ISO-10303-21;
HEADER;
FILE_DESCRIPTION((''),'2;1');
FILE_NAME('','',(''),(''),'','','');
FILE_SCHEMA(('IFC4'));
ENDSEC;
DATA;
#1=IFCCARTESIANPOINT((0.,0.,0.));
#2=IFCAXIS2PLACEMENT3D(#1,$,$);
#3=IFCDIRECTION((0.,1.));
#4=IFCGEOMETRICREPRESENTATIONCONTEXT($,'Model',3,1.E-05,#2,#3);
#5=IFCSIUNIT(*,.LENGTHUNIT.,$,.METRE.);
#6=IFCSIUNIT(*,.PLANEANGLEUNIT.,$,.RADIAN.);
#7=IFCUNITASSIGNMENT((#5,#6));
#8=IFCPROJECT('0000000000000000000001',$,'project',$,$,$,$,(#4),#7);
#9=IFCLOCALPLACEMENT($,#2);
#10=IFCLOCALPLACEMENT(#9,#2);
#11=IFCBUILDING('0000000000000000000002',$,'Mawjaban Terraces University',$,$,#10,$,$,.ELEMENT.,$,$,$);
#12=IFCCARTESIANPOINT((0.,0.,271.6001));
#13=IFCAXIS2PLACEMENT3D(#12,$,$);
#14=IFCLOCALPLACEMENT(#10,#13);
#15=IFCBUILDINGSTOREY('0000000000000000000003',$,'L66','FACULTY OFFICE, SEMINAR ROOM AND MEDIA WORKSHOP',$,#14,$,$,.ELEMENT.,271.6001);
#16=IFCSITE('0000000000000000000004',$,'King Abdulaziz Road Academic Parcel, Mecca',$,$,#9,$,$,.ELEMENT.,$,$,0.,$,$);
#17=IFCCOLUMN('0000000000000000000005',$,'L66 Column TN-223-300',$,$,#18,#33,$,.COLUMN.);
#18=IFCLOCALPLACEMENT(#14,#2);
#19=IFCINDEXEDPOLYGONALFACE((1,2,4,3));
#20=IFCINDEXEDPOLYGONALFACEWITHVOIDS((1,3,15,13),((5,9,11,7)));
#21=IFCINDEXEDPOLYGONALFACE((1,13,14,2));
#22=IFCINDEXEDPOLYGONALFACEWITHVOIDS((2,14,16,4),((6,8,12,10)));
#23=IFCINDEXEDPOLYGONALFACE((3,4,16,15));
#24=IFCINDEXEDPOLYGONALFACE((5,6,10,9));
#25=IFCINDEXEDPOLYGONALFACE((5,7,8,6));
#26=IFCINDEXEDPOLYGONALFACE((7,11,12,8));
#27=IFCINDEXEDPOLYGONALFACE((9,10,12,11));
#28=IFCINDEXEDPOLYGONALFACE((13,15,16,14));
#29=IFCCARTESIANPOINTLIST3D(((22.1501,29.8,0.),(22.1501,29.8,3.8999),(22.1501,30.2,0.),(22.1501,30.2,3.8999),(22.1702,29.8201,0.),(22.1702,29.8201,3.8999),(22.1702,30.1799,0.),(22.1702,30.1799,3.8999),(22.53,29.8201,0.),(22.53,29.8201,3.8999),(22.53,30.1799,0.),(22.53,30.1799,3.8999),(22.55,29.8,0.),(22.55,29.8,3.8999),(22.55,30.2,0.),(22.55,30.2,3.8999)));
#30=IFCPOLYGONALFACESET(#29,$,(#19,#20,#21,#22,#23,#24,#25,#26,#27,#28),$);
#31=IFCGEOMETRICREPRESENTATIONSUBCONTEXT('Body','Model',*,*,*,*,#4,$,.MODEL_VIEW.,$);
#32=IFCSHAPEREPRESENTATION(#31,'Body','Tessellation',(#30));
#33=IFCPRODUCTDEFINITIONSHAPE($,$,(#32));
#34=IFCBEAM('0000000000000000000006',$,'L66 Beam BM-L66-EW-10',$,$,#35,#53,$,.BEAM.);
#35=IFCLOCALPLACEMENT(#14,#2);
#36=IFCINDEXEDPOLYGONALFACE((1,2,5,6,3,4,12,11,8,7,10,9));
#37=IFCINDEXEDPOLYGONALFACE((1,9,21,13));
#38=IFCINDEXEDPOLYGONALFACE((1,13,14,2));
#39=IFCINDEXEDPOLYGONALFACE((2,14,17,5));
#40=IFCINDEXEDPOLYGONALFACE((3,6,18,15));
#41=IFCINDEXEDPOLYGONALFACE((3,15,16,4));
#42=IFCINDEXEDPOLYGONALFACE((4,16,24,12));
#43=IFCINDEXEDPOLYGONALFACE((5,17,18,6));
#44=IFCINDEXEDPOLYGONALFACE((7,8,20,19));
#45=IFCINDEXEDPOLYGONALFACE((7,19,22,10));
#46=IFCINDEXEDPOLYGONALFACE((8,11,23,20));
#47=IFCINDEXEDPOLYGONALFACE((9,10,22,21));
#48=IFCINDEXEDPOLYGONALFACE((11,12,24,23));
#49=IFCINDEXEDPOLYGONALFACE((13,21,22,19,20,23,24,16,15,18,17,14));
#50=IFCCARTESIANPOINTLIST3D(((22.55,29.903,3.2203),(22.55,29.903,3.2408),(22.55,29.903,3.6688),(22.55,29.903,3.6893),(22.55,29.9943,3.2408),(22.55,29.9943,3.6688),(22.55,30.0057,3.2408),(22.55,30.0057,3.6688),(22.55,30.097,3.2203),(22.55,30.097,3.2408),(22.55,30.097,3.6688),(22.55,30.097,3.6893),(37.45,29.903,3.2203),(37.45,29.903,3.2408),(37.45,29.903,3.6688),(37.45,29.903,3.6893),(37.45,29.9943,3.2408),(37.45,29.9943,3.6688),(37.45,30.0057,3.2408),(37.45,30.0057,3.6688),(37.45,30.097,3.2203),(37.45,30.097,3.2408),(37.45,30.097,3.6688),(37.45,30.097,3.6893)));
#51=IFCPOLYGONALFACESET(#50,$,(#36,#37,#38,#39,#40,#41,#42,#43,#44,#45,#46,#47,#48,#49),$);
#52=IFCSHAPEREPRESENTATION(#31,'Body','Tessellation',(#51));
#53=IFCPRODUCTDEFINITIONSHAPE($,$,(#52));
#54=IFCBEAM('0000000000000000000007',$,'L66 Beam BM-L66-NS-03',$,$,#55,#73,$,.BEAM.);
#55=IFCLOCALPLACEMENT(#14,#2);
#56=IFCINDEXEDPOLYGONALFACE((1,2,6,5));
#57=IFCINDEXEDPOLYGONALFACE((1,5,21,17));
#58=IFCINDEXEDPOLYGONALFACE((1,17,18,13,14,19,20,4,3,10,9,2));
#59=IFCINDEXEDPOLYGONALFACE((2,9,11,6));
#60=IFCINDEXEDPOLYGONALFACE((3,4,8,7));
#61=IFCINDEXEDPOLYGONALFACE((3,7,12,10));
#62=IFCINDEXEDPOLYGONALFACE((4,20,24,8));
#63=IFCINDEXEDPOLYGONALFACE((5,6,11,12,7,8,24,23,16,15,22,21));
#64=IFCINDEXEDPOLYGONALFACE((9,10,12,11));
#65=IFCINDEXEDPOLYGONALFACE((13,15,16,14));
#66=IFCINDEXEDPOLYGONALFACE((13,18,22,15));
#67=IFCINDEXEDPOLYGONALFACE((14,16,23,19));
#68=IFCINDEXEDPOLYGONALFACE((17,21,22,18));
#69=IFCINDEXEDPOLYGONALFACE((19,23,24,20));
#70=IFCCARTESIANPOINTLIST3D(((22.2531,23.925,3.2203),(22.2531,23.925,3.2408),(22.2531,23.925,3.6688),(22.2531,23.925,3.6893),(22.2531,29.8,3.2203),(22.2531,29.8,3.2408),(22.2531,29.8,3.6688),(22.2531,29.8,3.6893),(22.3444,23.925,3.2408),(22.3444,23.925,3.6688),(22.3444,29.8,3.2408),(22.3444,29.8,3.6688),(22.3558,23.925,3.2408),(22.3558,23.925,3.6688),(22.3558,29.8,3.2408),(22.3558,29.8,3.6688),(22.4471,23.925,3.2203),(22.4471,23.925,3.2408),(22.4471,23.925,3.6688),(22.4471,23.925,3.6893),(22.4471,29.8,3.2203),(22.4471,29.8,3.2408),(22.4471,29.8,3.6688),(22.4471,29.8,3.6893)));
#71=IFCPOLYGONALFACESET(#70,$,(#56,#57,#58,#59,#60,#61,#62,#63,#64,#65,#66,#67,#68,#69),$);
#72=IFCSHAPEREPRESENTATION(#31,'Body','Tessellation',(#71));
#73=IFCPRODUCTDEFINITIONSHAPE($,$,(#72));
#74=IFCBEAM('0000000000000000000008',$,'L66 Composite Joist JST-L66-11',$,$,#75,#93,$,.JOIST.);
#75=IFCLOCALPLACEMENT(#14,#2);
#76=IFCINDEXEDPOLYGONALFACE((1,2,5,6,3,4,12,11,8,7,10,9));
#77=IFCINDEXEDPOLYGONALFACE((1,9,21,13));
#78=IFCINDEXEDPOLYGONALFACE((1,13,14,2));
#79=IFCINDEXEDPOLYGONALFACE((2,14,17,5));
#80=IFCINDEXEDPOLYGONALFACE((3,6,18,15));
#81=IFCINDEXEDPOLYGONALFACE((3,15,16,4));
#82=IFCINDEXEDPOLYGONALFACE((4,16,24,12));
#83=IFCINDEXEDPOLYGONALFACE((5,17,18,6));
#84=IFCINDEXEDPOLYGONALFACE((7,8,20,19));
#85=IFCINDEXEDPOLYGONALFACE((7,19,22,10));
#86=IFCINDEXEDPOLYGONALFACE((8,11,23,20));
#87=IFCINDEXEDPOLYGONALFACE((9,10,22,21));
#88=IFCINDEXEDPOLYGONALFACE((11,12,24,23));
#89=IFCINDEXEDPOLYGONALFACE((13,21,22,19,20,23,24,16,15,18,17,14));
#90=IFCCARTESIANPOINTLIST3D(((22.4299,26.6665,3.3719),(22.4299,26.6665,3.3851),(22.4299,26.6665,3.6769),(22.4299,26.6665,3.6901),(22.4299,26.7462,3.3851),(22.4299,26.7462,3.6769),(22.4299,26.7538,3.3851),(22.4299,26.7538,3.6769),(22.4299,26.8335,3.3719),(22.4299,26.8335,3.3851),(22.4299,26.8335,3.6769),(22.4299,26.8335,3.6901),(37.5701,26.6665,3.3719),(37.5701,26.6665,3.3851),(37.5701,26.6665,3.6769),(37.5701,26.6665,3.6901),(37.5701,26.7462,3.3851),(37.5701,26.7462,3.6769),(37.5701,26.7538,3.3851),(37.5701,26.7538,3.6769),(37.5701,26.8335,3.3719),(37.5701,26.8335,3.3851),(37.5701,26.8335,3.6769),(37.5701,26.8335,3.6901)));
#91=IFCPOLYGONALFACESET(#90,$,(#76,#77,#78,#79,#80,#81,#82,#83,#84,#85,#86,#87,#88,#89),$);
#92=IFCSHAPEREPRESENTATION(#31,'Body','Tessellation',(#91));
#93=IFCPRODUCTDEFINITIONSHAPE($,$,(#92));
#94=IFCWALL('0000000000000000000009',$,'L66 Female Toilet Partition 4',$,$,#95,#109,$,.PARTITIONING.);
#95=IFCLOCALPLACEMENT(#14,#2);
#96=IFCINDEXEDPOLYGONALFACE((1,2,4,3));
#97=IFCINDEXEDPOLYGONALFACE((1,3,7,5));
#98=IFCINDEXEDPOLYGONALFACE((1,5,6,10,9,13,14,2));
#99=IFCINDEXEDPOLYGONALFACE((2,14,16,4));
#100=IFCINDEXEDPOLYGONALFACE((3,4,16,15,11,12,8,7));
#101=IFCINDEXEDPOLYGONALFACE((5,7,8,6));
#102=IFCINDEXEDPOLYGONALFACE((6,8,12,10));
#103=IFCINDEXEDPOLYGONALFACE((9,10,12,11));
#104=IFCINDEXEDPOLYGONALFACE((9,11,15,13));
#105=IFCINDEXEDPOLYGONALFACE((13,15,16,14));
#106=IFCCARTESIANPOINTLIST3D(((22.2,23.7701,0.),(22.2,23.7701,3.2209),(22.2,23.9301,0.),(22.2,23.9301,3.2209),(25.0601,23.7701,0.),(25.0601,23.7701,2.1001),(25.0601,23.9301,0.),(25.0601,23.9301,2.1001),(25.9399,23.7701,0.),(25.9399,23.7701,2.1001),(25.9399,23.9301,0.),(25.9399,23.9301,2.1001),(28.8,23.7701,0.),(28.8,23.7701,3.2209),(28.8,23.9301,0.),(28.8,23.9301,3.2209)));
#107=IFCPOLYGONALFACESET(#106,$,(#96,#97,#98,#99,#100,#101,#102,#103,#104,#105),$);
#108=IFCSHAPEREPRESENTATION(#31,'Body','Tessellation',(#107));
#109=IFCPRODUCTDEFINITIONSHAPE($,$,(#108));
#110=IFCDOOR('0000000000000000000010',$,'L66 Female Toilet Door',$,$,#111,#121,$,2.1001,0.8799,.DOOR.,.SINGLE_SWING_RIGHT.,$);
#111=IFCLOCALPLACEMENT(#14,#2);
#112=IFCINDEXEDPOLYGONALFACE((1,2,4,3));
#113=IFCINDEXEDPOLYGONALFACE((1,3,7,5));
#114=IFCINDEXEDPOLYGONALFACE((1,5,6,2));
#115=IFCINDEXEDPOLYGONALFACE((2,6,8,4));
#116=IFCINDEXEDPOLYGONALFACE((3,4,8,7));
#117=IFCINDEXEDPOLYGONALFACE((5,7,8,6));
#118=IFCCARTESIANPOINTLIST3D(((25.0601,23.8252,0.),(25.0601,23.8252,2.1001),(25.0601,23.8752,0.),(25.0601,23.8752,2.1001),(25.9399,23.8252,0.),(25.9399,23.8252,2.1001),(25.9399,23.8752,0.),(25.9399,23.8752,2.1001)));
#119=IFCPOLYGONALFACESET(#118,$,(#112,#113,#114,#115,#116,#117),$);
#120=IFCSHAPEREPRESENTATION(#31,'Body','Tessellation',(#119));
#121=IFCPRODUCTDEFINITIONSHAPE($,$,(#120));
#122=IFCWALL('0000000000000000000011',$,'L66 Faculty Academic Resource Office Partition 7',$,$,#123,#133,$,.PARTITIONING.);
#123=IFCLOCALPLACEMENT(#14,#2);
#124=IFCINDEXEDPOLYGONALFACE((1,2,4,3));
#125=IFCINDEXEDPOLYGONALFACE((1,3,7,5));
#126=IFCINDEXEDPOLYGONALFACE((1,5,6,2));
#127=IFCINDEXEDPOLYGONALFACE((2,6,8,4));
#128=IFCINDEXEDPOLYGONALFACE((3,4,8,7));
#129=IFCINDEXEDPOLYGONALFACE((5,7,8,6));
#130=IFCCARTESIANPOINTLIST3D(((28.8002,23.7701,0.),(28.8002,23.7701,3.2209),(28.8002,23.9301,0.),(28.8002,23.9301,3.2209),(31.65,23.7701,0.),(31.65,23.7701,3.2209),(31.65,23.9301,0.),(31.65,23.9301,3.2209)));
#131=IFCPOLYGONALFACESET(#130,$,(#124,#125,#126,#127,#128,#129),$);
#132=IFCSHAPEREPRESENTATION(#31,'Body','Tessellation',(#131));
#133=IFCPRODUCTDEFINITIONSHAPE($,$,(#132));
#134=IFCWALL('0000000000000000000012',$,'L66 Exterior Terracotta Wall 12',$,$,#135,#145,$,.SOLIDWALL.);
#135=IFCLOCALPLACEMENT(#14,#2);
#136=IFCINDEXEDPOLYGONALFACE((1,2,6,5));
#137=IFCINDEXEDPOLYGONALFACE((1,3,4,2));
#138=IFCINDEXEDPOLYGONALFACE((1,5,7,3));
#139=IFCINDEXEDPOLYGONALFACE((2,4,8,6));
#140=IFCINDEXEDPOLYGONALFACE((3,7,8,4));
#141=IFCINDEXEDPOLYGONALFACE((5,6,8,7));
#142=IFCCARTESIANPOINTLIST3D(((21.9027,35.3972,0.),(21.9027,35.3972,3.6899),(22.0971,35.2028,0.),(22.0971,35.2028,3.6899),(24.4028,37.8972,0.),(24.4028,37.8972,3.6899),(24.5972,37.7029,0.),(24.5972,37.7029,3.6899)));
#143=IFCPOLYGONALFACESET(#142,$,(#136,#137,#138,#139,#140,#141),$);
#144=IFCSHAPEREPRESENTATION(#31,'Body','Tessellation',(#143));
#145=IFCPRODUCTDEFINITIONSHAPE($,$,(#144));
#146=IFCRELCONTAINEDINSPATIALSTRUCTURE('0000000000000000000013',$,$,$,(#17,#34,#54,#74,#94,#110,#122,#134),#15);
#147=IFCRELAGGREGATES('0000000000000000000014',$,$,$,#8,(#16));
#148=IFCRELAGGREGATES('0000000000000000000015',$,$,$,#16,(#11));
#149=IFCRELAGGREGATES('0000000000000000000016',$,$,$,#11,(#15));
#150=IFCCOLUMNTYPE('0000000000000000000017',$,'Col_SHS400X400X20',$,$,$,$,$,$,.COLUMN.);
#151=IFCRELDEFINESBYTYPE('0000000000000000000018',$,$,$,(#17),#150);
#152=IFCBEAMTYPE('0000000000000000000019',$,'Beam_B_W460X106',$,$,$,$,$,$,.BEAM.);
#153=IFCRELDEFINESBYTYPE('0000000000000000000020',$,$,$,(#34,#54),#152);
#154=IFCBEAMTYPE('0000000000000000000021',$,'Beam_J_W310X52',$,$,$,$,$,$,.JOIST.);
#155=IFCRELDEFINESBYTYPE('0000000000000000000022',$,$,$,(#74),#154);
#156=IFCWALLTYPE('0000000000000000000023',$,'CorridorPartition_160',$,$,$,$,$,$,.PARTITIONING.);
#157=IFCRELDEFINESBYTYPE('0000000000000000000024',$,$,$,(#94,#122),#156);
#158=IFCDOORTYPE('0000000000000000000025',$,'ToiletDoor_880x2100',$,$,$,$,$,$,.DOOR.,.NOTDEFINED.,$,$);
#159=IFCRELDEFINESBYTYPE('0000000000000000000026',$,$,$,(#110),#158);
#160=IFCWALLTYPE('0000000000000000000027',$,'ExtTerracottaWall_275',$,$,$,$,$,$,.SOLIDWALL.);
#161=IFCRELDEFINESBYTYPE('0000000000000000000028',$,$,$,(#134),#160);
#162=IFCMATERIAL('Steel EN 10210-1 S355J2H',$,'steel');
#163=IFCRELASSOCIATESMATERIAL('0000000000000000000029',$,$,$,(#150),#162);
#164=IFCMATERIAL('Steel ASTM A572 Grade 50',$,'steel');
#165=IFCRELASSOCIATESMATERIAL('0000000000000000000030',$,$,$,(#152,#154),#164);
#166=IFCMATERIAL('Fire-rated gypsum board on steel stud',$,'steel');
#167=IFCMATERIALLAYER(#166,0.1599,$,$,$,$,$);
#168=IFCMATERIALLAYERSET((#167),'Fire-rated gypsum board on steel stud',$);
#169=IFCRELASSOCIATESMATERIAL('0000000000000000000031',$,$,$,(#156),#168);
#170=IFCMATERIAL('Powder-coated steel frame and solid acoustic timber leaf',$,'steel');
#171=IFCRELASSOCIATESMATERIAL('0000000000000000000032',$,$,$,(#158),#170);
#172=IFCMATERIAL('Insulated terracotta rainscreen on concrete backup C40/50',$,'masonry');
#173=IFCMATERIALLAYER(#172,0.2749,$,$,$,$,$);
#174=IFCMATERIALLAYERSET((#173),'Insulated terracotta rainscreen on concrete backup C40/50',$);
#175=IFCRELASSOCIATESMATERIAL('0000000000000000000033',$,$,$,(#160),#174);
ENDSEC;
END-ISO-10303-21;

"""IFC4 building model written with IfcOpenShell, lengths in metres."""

from ifc_helpers import new_model, si_unit, direction, frame, frame_2d, origin, origin_2d, place, context, subcontext, project, spatial, rectangle, hollow_rectangle, i_section, extrude, material, layer, layer_set, material_profile, profile_set, type_object, element, fill, save


model = new_model("IFC4")

# Units and contexts
model_context = context("Model", 3, precision=1e-05, world=origin(), true_north=direction((0.0, 1.0)))
body_context = subcontext(model_context, "Body", "Model", "MODEL_VIEW")
ifc_project = project(units=[si_unit("LENGTHUNIT", "METRE"), si_unit("PLANEANGLEUNIT", "RADIAN")], contexts=[model_context])

# Site, building, storey
site_placement = place(None, origin())
site = spatial("IfcSite", under=ifc_project, at=site_placement, Name="King Abdulaziz Road Academic Parcel, Mecca", CompositionType="ELEMENT", RefElevation=0.0)
building_placement = place(site_placement, origin())
building = spatial("IfcBuilding", under=site, at=building_placement, Name="Mawjaban Terraces University", CompositionType="ELEMENT")
storey_placement = place(building_placement, frame((0.0, 0.0, 271.6001)))
storey = spatial("IfcBuildingStorey", under=building, at=storey_placement, Name="L66", Description="FACULTY OFFICE, SEMINAR ROOM AND MEDIA WORKSHOP", CompositionType="ELEMENT", Elevation=271.6001)

# Column
ifc_material_1 = material(Name="Steel EN 10210-1 S355J2H", Category="steel")
ifc_material_profile_1 = material_profile(ifc_material_1, hollow_rectangle(XDim=0.3999, YDim=0.3999, WallThickness=0.02, at=origin_2d()), Name="SHS400X400X20")
ifc_profile_set_1 = profile_set([ifc_material_profile_1], Name="Steel EN 10210-1 S355J2H")
column_type = type_object("IfcColumnType", Name="Col_SHS400X400X20", PredefinedType="COLUMN", material=ifc_profile_set_1)
column_placement = place(storey_placement, frame((22.3501, 30.0, 0.0), z_axis=(0.0, 0.0, 1.0), x_axis=(1.0, 0.0, 0.0)))
element("IfcColumn", 1, at=column_placement, inside=storey, type_object=column_type, Name="L66 Column TN-223-300", PredefinedType="COLUMN", context=body_context, shape_type="SweptSolid", body=[
    extrude(hollow_rectangle(XDim=0.3999, YDim=0.3999, WallThickness=0.02, at=origin_2d()), origin(), (0.0, 0.0, 1.0), 3.8999),
])

# Beams
ifc_material_2 = material(Name="Steel ASTM A572 Grade 50", Category="steel")
ifc_material_profile_2 = material_profile(ifc_material_2, i_section(OverallWidth=0.1941, OverallDepth=0.469, WebThickness=0.0115, FlangeThickness=0.0205, at=origin_2d()), Name="W460X106")
ifc_profile_set_2 = profile_set([ifc_material_profile_2], Name="Steel ASTM A572 Grade 50")
beam_type_1 = type_object("IfcBeamType", Name="Beam_B_W460X106", PredefinedType="BEAM", material=ifc_profile_set_2)
beam_1_placement = place(storey_placement, frame((22.55, 30.0, 3.4548), z_axis=(1.0, 0.0, 0.0), x_axis=(0.0, 1.0, 0.0)))
element("IfcBeam", 2, at=beam_1_placement, inside=storey, type_object=beam_type_1, Name="L66 Beam BM-L66-EW-10", PredefinedType="BEAM", context=body_context, shape_type="SweptSolid", body=[
    extrude(i_section(OverallWidth=0.1941, OverallDepth=0.469, WebThickness=0.0115, FlangeThickness=0.0205, at=origin_2d()), origin(), (0.0, 0.0, 1.0), 14.8999),
])
beam_2_placement = place(storey_placement, frame((22.3501, 23.925, 3.4548), z_axis=(0.0, 1.0, 0.0), x_axis=(-1.0, 0.0, 0.0)))
element("IfcBeam", 3, at=beam_2_placement, inside=storey, type_object=beam_type_1, Name="L66 Beam BM-L66-NS-03", PredefinedType="BEAM", context=body_context, shape_type="SweptSolid", body=[
    extrude(i_section(OverallWidth=0.1941, OverallDepth=0.469, WebThickness=0.0115, FlangeThickness=0.0205, at=origin_2d()), origin(), (0.0, 0.0, 1.0), 5.875),
])
ifc_material_profile_3 = material_profile(ifc_material_2, i_section(OverallWidth=0.167, OverallDepth=0.3181, WebThickness=0.0076, FlangeThickness=0.0132, at=origin_2d()), Name="W310X52")
ifc_profile_set_3 = profile_set([ifc_material_profile_3], Name="Steel ASTM A572 Grade 50")
beam_type_2 = type_object("IfcBeamType", Name="Beam_J_W310X52", PredefinedType="JOIST", material=ifc_profile_set_3)
beam_3_placement = place(storey_placement, frame((22.4299, 26.75, 3.531), z_axis=(1.0, 0.0, 0.0), x_axis=(0.0, 1.0, 0.0)))
element("IfcBeam", 4, at=beam_3_placement, inside=storey, type_object=beam_type_2, Name="L66 Composite Joist JST-L66-11", PredefinedType="JOIST", context=body_context, shape_type="SweptSolid", body=[
    extrude(i_section(OverallWidth=0.167, OverallDepth=0.3181, WebThickness=0.0076, FlangeThickness=0.0132, at=origin_2d()), origin(), (0.0, 0.0, 1.0), 15.1401),
])

# Wall, opening, door
ifc_material_3 = material(Name="Fire-rated gypsum board on steel stud", Category="steel")
ifc_layer_1 = layer(ifc_material_3, 0.1599)
ifc_layer_set_1 = layer_set([ifc_layer_1], Name="Fire-rated gypsum board on steel stud")
wall_type_1 = type_object("IfcWallType", Name="CorridorPartition_160", PredefinedType="PARTITIONING", material=ifc_layer_set_1)
wall_1_placement = place(storey_placement, frame((28.8, 23.8501, 0.0), z_axis=(0.0, 0.0, 1.0), x_axis=(-1.0, 0.0, 0.0)))
wall_1 = element("IfcWall", 5, at=wall_1_placement, inside=storey, type_object=wall_type_1, Name="L66 Female Toilet Partition 4", PredefinedType="PARTITIONING", context=body_context, shape_type="SweptSolid", body=[
    extrude(rectangle(XDim=6.6001, YDim=0.1599, at=frame_2d((3.3, 0.0))), origin(), (0.0, 0.0, 1.0), 3.2209),
])
opening_1_placement = place(wall_1_placement, frame((2.8601, 0.0, 0.0)))
opening_1 = element("IfcOpeningElement", 6, at=opening_1_placement, cuts=wall_1, PredefinedType="OPENING", context=body_context, shape_type="SweptSolid", body=[
    extrude(rectangle(XDim=0.8799, YDim=2.1001, at=frame_2d((0.4399, 1.05))), frame((0.0, 0.0898, 0.0), z_axis=(0.0, -1.0, 0.0), x_axis=(1.0, 0.0, 0.0)), (0.0, 0.0, 1.0), 0.1799),
])
ifc_material_4 = material(Name="Powder-coated steel frame and solid acoustic timber leaf", Category="steel")
door_type_1 = type_object("IfcDoorType", Name="ToiletDoor_880x2100", OperationType="NOTDEFINED", PredefinedType="DOOR", material=ifc_material_4)
door_1_placement = place(opening_1_placement, origin())
door_1 = element("IfcDoor", 7, at=door_1_placement, inside=storey, type_object=door_type_1, Name="L66 Female Toilet Door", OperationType="SINGLE_SWING_RIGHT", OverallHeight=2.1001, OverallWidth=0.8799, PredefinedType="DOOR", context=body_context, shape_type="SweptSolid", body=[
    extrude(rectangle(XDim=0.8799, YDim=2.1001, at=frame_2d((0.4399, 1.05))), frame((0.0, 0.0249, 0.0), z_axis=(0.0, -1.0, 0.0), x_axis=(1.0, 0.0, 0.0)), (0.0, 0.0, 1.0), 0.05),
])
fill(opening_1, door_1)

# Walls
wall_2_placement = place(storey_placement, frame((31.6499, 23.8501, 0.0), z_axis=(0.0, 0.0, 1.0), x_axis=(-1.0, 0.0, 0.0)))
element("IfcWall", 8, at=wall_2_placement, inside=storey, type_object=wall_type_1, Name="L66 Faculty Academic Resource Office Partition 7", PredefinedType="PARTITIONING", context=body_context, shape_type="SweptSolid", body=[
    extrude(rectangle(XDim=2.8499, YDim=0.1599, at=frame_2d((1.4248, 0.0))), origin(), (0.0, 0.0, 1.0), 3.2209),
])
ifc_material_5 = material(Name="Insulated terracotta rainscreen on concrete backup C40/50", Category="masonry")
ifc_layer_2 = layer(ifc_material_5, 0.2749)
ifc_layer_set_2 = layer_set([ifc_layer_2], Name="Insulated terracotta rainscreen on concrete backup C40/50")
wall_type_2 = type_object("IfcWallType", Name="ExtTerracottaWall_275", PredefinedType="SOLIDWALL", material=ifc_layer_set_2)
wall_3_placement = place(storey_placement, frame((24.5, 37.8, 0.0), z_axis=(0.0, 0.0, 1.0), x_axis=(-0.707107, -0.707107, 0.0)))
element("IfcWall", 9, at=wall_3_placement, inside=storey, type_object=wall_type_2, Name="L66 Exterior Terracotta Wall 12", PredefinedType="SOLIDWALL", context=body_context, shape_type="SweptSolid", body=[
    extrude(rectangle(XDim=3.5356, YDim=0.2749, at=frame_2d((1.7678, 0.0))), origin(), (0.0, 0.0, 1.0), 3.6899),
])

save(model, "model.ifc")
